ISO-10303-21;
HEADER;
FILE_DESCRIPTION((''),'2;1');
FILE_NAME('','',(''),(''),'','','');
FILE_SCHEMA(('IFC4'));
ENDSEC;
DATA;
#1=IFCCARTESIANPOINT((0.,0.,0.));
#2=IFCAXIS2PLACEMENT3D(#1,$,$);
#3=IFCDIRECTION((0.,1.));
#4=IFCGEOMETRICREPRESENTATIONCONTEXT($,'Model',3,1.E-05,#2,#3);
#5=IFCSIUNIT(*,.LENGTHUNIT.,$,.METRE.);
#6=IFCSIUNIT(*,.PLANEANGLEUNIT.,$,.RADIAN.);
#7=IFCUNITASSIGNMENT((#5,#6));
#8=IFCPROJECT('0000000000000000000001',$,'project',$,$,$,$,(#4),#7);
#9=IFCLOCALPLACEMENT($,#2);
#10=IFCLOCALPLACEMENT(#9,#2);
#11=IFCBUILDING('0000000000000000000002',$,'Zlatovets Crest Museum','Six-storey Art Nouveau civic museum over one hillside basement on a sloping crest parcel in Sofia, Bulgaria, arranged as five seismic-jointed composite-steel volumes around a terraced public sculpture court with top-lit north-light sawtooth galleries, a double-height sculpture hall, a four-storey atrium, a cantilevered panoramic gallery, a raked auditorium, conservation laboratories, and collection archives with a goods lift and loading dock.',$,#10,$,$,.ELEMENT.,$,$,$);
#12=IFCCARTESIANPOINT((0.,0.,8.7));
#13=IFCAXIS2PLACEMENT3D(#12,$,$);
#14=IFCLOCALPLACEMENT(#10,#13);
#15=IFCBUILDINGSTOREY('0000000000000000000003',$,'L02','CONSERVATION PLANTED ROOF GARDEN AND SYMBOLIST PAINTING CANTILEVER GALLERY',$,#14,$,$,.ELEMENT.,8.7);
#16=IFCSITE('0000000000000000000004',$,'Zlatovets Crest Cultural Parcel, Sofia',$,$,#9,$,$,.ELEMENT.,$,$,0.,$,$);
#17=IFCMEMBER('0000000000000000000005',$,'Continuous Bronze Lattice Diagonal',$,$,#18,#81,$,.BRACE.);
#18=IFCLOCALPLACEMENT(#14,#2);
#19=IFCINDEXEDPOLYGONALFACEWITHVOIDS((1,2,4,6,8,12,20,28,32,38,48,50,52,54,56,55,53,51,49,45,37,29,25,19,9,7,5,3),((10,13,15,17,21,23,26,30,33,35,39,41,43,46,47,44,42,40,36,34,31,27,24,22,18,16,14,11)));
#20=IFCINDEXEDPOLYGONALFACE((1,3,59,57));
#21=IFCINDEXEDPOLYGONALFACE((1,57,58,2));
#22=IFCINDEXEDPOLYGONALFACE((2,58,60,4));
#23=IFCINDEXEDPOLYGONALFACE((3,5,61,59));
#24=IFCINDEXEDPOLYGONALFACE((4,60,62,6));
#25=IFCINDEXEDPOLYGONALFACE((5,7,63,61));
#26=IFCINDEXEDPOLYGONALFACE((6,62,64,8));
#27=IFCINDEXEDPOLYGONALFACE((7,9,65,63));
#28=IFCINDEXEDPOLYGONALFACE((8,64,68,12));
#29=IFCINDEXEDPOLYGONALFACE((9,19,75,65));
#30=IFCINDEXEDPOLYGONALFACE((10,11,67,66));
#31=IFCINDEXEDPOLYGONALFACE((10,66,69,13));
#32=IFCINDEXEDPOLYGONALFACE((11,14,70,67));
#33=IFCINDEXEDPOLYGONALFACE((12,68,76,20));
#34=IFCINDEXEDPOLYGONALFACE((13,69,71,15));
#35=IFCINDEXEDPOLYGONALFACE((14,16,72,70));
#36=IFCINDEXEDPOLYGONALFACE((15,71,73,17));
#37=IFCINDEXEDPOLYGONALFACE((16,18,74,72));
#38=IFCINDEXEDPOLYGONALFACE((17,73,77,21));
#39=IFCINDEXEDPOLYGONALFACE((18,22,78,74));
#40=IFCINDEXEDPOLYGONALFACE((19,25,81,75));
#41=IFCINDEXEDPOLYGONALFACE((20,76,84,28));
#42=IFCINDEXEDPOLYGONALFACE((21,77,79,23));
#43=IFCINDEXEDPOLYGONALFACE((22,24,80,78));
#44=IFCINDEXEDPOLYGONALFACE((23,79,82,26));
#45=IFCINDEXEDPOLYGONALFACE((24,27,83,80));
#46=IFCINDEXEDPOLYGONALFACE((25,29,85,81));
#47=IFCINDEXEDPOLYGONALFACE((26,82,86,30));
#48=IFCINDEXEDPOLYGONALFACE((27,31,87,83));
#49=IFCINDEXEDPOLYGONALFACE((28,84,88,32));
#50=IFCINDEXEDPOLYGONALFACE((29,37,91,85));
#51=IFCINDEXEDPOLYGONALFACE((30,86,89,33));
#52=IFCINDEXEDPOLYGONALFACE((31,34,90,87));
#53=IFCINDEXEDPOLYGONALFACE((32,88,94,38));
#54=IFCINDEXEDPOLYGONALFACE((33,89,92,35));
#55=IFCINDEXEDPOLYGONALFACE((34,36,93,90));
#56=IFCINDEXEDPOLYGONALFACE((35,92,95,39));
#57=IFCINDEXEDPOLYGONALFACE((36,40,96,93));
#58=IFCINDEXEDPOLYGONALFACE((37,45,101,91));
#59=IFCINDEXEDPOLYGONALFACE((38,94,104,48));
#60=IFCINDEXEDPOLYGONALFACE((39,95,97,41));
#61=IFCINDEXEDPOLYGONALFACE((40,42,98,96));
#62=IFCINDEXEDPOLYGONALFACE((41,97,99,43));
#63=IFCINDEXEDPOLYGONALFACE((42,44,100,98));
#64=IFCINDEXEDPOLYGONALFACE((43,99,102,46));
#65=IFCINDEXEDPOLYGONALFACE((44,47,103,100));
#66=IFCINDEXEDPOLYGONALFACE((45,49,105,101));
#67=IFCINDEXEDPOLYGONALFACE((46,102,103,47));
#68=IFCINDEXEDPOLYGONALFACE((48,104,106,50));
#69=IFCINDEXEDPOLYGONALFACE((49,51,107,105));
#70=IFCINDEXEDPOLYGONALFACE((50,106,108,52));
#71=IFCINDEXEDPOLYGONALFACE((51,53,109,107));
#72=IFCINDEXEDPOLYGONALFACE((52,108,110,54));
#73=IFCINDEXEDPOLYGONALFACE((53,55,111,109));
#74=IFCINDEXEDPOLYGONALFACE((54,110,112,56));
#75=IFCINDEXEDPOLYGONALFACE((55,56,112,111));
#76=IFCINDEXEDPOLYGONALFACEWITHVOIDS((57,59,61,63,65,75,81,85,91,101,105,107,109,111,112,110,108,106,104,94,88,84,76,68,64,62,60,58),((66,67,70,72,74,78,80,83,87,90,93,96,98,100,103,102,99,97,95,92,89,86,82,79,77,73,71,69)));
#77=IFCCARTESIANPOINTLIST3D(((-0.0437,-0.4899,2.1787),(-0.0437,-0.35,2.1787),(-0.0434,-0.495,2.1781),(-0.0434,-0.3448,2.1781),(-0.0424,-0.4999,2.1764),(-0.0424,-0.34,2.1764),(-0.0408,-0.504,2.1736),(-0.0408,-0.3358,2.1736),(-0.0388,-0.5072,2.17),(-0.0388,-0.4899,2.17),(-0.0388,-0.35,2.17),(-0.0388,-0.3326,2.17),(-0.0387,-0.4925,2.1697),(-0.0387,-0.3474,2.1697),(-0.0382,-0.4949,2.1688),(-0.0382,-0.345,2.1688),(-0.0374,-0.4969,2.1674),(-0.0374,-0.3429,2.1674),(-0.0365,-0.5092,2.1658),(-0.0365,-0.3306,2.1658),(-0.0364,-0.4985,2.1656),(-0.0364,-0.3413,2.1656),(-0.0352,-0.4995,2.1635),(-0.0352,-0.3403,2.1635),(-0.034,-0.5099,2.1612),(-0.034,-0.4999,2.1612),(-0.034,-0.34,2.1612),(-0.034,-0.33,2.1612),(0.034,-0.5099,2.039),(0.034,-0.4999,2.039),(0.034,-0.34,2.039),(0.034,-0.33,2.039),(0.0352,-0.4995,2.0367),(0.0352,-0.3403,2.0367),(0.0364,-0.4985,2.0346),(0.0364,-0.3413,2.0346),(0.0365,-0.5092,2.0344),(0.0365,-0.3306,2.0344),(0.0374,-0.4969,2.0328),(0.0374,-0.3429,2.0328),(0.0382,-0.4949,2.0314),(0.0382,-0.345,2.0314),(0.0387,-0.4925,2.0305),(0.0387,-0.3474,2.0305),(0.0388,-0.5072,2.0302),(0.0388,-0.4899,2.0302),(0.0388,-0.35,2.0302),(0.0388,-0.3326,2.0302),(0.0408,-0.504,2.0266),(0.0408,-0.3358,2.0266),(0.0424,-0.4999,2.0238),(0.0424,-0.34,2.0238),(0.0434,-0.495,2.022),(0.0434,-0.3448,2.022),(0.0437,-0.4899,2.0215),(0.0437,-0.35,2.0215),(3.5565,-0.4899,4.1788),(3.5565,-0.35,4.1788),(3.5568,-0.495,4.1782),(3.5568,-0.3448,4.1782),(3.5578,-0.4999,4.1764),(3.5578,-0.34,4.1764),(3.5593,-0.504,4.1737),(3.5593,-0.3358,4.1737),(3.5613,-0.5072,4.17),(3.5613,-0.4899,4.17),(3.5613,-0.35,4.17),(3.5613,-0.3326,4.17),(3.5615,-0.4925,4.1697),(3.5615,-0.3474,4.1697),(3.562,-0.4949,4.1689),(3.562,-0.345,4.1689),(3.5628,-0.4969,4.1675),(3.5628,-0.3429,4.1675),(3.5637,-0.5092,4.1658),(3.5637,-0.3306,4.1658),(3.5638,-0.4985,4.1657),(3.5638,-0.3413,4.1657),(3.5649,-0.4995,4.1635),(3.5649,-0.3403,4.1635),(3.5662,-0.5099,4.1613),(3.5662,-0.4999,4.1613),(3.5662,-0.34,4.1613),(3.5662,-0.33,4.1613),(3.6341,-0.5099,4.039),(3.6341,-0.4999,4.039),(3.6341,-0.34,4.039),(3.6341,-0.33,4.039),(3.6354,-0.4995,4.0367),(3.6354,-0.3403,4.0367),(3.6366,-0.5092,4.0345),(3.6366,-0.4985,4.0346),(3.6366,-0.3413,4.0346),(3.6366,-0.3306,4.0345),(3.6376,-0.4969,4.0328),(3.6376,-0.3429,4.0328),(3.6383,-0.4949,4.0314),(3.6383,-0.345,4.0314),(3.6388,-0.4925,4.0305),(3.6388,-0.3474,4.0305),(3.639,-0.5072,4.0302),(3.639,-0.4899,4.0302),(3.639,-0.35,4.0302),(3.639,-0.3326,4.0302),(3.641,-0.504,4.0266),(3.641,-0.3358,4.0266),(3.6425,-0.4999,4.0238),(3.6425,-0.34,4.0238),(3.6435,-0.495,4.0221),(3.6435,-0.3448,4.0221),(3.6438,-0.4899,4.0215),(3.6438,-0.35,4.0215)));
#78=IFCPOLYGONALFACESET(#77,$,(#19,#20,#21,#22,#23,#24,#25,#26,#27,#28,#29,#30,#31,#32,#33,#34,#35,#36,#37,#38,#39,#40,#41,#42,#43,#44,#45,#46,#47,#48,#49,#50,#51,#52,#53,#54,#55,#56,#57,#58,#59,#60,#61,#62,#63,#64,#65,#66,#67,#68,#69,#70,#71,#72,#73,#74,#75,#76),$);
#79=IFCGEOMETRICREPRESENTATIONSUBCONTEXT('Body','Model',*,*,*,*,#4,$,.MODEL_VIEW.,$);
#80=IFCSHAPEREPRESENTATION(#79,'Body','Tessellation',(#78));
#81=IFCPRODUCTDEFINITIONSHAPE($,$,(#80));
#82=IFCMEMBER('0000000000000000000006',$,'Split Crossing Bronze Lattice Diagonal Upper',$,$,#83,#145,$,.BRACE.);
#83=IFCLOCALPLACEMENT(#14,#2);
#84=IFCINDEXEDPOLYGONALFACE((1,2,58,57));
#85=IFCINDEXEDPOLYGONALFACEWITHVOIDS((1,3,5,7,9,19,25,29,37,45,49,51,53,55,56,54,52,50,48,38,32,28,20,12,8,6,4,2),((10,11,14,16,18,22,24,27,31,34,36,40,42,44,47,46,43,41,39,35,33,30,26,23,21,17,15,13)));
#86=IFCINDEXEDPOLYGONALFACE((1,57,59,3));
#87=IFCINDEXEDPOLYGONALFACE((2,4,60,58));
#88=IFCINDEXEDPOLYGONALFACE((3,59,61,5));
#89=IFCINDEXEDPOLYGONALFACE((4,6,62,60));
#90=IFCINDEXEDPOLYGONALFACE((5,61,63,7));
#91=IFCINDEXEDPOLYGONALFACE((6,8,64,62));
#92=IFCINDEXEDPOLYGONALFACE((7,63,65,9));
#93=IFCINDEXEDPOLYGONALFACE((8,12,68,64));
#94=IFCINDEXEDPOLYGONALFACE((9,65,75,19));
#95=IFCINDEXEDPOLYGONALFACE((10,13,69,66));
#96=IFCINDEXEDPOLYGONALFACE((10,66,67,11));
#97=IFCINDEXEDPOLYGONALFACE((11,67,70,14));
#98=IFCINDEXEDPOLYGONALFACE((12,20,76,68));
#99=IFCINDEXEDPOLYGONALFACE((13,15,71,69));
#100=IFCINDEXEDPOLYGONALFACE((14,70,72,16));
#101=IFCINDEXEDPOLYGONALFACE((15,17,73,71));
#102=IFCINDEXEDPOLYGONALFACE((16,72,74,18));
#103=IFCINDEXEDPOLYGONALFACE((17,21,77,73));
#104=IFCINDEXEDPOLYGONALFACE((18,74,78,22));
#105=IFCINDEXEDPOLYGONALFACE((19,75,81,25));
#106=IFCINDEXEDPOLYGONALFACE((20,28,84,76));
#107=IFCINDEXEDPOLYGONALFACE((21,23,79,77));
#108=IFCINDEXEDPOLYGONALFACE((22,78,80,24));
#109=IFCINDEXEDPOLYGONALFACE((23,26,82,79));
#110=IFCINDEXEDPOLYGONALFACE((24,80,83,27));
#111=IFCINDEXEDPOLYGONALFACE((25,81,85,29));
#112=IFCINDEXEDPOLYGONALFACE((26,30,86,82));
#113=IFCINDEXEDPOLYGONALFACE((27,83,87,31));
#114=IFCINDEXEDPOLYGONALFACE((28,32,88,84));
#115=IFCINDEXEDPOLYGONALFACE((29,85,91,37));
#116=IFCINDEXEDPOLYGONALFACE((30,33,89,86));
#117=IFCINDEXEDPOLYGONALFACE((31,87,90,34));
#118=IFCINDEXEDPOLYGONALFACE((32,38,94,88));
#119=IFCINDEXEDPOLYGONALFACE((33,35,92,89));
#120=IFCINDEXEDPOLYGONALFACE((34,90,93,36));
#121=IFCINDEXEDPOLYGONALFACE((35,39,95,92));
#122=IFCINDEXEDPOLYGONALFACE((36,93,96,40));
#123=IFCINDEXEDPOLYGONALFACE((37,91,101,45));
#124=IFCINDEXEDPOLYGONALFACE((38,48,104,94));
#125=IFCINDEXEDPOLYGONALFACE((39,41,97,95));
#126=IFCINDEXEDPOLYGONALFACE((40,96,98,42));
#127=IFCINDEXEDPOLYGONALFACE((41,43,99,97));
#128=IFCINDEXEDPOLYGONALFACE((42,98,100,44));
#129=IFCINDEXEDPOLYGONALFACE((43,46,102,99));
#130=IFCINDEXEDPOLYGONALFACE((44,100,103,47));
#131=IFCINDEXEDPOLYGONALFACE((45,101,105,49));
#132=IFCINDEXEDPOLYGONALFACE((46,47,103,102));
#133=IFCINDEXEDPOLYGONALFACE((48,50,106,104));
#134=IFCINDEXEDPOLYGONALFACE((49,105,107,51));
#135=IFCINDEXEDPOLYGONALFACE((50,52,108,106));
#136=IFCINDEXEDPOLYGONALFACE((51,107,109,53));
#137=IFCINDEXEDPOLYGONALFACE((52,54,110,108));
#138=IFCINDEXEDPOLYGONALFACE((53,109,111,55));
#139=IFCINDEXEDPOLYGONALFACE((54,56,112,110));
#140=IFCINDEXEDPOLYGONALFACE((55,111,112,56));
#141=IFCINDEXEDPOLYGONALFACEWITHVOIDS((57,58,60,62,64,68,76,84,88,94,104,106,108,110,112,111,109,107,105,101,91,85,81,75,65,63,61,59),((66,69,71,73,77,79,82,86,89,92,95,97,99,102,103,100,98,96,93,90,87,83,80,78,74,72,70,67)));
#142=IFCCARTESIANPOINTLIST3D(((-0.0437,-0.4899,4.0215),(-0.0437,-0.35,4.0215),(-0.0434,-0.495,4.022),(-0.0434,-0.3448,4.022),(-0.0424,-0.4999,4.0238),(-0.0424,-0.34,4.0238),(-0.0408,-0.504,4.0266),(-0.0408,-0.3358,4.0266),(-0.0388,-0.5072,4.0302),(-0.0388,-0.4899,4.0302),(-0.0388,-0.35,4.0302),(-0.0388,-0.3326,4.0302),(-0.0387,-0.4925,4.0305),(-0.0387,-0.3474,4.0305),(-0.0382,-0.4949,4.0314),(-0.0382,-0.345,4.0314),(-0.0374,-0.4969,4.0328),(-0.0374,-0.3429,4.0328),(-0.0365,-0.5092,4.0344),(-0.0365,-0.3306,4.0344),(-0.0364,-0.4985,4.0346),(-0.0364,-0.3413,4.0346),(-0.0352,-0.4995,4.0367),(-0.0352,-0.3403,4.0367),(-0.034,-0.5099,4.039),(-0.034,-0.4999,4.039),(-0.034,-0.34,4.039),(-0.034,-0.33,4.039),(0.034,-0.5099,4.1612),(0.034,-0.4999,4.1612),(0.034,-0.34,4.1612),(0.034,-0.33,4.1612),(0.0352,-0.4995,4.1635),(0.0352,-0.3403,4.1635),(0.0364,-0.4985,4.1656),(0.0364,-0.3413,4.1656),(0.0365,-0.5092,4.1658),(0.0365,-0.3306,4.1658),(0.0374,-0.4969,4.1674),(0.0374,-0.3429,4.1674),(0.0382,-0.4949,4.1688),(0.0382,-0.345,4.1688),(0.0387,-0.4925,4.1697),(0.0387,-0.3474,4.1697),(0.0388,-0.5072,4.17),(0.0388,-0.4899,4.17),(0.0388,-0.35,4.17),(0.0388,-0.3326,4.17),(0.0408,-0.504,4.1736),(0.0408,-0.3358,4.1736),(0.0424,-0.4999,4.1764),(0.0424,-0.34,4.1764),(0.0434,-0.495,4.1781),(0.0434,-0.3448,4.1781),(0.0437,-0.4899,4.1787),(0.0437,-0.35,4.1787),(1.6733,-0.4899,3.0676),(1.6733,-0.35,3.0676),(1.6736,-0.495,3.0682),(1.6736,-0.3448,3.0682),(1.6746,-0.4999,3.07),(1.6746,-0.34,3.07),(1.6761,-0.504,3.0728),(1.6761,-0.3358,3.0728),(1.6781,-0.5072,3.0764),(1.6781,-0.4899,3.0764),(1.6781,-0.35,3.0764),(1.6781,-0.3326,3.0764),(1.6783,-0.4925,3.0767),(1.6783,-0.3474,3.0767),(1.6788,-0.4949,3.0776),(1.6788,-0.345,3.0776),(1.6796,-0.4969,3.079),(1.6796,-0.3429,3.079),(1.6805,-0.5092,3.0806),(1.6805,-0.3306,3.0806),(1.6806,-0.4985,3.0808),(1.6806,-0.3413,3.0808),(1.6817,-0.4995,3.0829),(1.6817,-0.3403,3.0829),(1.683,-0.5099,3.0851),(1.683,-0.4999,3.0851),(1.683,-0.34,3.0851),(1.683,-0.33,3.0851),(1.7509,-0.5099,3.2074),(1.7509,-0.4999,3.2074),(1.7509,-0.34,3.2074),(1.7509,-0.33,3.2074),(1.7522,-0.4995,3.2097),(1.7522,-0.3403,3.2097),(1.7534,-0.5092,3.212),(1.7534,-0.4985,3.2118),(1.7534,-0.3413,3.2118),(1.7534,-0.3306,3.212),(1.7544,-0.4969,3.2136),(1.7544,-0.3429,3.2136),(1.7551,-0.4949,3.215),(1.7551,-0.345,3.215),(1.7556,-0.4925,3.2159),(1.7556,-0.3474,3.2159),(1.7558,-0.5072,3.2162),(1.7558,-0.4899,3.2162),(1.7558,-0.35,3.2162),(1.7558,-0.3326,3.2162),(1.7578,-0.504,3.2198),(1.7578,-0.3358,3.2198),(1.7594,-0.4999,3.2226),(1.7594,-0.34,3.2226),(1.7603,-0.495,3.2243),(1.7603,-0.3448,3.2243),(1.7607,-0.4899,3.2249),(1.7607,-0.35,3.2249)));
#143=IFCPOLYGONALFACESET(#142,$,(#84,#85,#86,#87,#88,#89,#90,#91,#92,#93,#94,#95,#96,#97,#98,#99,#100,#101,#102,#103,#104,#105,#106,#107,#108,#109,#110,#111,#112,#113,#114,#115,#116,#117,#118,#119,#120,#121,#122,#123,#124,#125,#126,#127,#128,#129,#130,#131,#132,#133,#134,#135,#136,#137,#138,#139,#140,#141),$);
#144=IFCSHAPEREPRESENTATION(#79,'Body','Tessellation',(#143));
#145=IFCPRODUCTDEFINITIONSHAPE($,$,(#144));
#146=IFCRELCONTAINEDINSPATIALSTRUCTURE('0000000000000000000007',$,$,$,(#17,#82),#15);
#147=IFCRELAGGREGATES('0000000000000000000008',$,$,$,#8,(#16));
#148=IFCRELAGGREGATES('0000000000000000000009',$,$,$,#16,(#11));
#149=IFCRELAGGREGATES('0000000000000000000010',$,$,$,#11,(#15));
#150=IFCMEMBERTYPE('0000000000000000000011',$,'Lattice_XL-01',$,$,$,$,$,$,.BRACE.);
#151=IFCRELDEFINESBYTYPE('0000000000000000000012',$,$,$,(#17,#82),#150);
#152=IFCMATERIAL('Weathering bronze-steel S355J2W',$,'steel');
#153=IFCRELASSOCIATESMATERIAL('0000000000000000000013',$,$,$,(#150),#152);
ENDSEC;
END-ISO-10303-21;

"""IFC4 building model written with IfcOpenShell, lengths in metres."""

from ifc_helpers import new_model, si_unit, direction, frame, origin, origin_2d, place, context, subcontext, project, spatial, hollow_rectangle, extrude, material, material_profile, profile_set, type_object, element, save


model = new_model("IFC4")

# Units and contexts
model_context = context("Model", 3, precision=1e-05, world=origin(), true_north=direction((0.0, 1.0)))
body_context = subcontext(model_context, "Body", "Model", "MODEL_VIEW")
ifc_project = project(units=[si_unit("LENGTHUNIT", "METRE"), si_unit("PLANEANGLEUNIT", "RADIAN")], contexts=[model_context])

# Site, building, storey
site_placement = place(None, origin())
site = spatial("IfcSite", under=ifc_project, at=site_placement, Name="Zlatovets Crest Cultural Parcel, Sofia", CompositionType="ELEMENT", RefElevation=0.0)
building_placement = place(site_placement, origin())
building = spatial("IfcBuilding", under=site, at=building_placement, Name="Zlatovets Crest Museum", Description="Six-storey Art Nouveau civic museum over one hillside basement on a sloping crest parcel in Sofia, Bulgaria, arranged as five seismic-jointed composite-steel volumes around a terraced public sculpture court with top-lit north-light sawtooth galleries, a double-height sculpture hall, a four-storey atrium, a cantilevered panoramic gallery, a raked auditorium, conservation laboratories, and collection archives with a goods lift and loading dock.", CompositionType="ELEMENT")
storey_placement = place(building_placement, frame((0.0, 0.0, 8.7)))
storey = spatial("IfcBuildingStorey", under=building, at=storey_placement, Name="L02", Description="CONSERVATION PLANTED ROOF GARDEN AND SYMBOLIST PAINTING CANTILEVER GALLERY", CompositionType="ELEMENT", Elevation=8.7)

# Members
ifc_material_1 = material(Name="Weathering bronze-steel S355J2W", Category="steel")
ifc_material_profile_1 = material_profile(ifc_material_1, hollow_rectangle(XDim=0.1799, YDim=0.1799, WallThickness=0.01, InnerFilletRadius=0.01, OuterFilletRadius=0.02, at=origin_2d()), Name="SHS 180x180x10.0")
ifc_profile_set_1 = profile_set([ifc_material_profile_1], Name="Weathering bronze-steel S355J2W")
member_type_1 = type_object("IfcMemberType", Name="Lattice_XL-01", PredefinedType="BRACE", material=ifc_profile_set_1)
member_1_placement = place(storey_placement, frame((0.0, -0.4199, 2.1001), z_axis=(0.874163, 0.0, 0.485633), x_axis=(0.0, 1.0, 0.0)))
element("IfcMember", 1, at=member_1_placement, inside=storey, type_object=member_type_1, Name="Continuous Bronze Lattice Diagonal", PredefinedType="BRACE", context=body_context, shape_type="SweptSolid", body=[
    extrude(hollow_rectangle(XDim=0.1799, YDim=0.1799, WallThickness=0.01, InnerFilletRadius=0.01, OuterFilletRadius=0.02, at=origin_2d()), origin(), (0.0, 0.0, 1.0), 4.1184),
])
for number, where, z_axis, x_axis, name in (
    (2, (0.0, -0.4199, 4.1001), (0.874169, 0.0, -0.485622), (0.0, 1.0, 0.0), "Split Crossing Bronze Lattice Diagonal Upper"),
):
    element("IfcMember", number, at=place(storey_placement, frame(where, z_axis=z_axis, x_axis=x_axis)), inside=storey, type_object=member_type_1, Name=name, PredefinedType="BRACE", context=body_context, shape_type="SweptSolid", body=[
        extrude(hollow_rectangle(XDim=0.1799, YDim=0.1799, WallThickness=0.01, InnerFilletRadius=0.01, OuterFilletRadius=0.02, at=origin_2d()), origin(), (0.0, 0.0, 1.0), 1.9641),
    ])

save(model, "model.ifc")
